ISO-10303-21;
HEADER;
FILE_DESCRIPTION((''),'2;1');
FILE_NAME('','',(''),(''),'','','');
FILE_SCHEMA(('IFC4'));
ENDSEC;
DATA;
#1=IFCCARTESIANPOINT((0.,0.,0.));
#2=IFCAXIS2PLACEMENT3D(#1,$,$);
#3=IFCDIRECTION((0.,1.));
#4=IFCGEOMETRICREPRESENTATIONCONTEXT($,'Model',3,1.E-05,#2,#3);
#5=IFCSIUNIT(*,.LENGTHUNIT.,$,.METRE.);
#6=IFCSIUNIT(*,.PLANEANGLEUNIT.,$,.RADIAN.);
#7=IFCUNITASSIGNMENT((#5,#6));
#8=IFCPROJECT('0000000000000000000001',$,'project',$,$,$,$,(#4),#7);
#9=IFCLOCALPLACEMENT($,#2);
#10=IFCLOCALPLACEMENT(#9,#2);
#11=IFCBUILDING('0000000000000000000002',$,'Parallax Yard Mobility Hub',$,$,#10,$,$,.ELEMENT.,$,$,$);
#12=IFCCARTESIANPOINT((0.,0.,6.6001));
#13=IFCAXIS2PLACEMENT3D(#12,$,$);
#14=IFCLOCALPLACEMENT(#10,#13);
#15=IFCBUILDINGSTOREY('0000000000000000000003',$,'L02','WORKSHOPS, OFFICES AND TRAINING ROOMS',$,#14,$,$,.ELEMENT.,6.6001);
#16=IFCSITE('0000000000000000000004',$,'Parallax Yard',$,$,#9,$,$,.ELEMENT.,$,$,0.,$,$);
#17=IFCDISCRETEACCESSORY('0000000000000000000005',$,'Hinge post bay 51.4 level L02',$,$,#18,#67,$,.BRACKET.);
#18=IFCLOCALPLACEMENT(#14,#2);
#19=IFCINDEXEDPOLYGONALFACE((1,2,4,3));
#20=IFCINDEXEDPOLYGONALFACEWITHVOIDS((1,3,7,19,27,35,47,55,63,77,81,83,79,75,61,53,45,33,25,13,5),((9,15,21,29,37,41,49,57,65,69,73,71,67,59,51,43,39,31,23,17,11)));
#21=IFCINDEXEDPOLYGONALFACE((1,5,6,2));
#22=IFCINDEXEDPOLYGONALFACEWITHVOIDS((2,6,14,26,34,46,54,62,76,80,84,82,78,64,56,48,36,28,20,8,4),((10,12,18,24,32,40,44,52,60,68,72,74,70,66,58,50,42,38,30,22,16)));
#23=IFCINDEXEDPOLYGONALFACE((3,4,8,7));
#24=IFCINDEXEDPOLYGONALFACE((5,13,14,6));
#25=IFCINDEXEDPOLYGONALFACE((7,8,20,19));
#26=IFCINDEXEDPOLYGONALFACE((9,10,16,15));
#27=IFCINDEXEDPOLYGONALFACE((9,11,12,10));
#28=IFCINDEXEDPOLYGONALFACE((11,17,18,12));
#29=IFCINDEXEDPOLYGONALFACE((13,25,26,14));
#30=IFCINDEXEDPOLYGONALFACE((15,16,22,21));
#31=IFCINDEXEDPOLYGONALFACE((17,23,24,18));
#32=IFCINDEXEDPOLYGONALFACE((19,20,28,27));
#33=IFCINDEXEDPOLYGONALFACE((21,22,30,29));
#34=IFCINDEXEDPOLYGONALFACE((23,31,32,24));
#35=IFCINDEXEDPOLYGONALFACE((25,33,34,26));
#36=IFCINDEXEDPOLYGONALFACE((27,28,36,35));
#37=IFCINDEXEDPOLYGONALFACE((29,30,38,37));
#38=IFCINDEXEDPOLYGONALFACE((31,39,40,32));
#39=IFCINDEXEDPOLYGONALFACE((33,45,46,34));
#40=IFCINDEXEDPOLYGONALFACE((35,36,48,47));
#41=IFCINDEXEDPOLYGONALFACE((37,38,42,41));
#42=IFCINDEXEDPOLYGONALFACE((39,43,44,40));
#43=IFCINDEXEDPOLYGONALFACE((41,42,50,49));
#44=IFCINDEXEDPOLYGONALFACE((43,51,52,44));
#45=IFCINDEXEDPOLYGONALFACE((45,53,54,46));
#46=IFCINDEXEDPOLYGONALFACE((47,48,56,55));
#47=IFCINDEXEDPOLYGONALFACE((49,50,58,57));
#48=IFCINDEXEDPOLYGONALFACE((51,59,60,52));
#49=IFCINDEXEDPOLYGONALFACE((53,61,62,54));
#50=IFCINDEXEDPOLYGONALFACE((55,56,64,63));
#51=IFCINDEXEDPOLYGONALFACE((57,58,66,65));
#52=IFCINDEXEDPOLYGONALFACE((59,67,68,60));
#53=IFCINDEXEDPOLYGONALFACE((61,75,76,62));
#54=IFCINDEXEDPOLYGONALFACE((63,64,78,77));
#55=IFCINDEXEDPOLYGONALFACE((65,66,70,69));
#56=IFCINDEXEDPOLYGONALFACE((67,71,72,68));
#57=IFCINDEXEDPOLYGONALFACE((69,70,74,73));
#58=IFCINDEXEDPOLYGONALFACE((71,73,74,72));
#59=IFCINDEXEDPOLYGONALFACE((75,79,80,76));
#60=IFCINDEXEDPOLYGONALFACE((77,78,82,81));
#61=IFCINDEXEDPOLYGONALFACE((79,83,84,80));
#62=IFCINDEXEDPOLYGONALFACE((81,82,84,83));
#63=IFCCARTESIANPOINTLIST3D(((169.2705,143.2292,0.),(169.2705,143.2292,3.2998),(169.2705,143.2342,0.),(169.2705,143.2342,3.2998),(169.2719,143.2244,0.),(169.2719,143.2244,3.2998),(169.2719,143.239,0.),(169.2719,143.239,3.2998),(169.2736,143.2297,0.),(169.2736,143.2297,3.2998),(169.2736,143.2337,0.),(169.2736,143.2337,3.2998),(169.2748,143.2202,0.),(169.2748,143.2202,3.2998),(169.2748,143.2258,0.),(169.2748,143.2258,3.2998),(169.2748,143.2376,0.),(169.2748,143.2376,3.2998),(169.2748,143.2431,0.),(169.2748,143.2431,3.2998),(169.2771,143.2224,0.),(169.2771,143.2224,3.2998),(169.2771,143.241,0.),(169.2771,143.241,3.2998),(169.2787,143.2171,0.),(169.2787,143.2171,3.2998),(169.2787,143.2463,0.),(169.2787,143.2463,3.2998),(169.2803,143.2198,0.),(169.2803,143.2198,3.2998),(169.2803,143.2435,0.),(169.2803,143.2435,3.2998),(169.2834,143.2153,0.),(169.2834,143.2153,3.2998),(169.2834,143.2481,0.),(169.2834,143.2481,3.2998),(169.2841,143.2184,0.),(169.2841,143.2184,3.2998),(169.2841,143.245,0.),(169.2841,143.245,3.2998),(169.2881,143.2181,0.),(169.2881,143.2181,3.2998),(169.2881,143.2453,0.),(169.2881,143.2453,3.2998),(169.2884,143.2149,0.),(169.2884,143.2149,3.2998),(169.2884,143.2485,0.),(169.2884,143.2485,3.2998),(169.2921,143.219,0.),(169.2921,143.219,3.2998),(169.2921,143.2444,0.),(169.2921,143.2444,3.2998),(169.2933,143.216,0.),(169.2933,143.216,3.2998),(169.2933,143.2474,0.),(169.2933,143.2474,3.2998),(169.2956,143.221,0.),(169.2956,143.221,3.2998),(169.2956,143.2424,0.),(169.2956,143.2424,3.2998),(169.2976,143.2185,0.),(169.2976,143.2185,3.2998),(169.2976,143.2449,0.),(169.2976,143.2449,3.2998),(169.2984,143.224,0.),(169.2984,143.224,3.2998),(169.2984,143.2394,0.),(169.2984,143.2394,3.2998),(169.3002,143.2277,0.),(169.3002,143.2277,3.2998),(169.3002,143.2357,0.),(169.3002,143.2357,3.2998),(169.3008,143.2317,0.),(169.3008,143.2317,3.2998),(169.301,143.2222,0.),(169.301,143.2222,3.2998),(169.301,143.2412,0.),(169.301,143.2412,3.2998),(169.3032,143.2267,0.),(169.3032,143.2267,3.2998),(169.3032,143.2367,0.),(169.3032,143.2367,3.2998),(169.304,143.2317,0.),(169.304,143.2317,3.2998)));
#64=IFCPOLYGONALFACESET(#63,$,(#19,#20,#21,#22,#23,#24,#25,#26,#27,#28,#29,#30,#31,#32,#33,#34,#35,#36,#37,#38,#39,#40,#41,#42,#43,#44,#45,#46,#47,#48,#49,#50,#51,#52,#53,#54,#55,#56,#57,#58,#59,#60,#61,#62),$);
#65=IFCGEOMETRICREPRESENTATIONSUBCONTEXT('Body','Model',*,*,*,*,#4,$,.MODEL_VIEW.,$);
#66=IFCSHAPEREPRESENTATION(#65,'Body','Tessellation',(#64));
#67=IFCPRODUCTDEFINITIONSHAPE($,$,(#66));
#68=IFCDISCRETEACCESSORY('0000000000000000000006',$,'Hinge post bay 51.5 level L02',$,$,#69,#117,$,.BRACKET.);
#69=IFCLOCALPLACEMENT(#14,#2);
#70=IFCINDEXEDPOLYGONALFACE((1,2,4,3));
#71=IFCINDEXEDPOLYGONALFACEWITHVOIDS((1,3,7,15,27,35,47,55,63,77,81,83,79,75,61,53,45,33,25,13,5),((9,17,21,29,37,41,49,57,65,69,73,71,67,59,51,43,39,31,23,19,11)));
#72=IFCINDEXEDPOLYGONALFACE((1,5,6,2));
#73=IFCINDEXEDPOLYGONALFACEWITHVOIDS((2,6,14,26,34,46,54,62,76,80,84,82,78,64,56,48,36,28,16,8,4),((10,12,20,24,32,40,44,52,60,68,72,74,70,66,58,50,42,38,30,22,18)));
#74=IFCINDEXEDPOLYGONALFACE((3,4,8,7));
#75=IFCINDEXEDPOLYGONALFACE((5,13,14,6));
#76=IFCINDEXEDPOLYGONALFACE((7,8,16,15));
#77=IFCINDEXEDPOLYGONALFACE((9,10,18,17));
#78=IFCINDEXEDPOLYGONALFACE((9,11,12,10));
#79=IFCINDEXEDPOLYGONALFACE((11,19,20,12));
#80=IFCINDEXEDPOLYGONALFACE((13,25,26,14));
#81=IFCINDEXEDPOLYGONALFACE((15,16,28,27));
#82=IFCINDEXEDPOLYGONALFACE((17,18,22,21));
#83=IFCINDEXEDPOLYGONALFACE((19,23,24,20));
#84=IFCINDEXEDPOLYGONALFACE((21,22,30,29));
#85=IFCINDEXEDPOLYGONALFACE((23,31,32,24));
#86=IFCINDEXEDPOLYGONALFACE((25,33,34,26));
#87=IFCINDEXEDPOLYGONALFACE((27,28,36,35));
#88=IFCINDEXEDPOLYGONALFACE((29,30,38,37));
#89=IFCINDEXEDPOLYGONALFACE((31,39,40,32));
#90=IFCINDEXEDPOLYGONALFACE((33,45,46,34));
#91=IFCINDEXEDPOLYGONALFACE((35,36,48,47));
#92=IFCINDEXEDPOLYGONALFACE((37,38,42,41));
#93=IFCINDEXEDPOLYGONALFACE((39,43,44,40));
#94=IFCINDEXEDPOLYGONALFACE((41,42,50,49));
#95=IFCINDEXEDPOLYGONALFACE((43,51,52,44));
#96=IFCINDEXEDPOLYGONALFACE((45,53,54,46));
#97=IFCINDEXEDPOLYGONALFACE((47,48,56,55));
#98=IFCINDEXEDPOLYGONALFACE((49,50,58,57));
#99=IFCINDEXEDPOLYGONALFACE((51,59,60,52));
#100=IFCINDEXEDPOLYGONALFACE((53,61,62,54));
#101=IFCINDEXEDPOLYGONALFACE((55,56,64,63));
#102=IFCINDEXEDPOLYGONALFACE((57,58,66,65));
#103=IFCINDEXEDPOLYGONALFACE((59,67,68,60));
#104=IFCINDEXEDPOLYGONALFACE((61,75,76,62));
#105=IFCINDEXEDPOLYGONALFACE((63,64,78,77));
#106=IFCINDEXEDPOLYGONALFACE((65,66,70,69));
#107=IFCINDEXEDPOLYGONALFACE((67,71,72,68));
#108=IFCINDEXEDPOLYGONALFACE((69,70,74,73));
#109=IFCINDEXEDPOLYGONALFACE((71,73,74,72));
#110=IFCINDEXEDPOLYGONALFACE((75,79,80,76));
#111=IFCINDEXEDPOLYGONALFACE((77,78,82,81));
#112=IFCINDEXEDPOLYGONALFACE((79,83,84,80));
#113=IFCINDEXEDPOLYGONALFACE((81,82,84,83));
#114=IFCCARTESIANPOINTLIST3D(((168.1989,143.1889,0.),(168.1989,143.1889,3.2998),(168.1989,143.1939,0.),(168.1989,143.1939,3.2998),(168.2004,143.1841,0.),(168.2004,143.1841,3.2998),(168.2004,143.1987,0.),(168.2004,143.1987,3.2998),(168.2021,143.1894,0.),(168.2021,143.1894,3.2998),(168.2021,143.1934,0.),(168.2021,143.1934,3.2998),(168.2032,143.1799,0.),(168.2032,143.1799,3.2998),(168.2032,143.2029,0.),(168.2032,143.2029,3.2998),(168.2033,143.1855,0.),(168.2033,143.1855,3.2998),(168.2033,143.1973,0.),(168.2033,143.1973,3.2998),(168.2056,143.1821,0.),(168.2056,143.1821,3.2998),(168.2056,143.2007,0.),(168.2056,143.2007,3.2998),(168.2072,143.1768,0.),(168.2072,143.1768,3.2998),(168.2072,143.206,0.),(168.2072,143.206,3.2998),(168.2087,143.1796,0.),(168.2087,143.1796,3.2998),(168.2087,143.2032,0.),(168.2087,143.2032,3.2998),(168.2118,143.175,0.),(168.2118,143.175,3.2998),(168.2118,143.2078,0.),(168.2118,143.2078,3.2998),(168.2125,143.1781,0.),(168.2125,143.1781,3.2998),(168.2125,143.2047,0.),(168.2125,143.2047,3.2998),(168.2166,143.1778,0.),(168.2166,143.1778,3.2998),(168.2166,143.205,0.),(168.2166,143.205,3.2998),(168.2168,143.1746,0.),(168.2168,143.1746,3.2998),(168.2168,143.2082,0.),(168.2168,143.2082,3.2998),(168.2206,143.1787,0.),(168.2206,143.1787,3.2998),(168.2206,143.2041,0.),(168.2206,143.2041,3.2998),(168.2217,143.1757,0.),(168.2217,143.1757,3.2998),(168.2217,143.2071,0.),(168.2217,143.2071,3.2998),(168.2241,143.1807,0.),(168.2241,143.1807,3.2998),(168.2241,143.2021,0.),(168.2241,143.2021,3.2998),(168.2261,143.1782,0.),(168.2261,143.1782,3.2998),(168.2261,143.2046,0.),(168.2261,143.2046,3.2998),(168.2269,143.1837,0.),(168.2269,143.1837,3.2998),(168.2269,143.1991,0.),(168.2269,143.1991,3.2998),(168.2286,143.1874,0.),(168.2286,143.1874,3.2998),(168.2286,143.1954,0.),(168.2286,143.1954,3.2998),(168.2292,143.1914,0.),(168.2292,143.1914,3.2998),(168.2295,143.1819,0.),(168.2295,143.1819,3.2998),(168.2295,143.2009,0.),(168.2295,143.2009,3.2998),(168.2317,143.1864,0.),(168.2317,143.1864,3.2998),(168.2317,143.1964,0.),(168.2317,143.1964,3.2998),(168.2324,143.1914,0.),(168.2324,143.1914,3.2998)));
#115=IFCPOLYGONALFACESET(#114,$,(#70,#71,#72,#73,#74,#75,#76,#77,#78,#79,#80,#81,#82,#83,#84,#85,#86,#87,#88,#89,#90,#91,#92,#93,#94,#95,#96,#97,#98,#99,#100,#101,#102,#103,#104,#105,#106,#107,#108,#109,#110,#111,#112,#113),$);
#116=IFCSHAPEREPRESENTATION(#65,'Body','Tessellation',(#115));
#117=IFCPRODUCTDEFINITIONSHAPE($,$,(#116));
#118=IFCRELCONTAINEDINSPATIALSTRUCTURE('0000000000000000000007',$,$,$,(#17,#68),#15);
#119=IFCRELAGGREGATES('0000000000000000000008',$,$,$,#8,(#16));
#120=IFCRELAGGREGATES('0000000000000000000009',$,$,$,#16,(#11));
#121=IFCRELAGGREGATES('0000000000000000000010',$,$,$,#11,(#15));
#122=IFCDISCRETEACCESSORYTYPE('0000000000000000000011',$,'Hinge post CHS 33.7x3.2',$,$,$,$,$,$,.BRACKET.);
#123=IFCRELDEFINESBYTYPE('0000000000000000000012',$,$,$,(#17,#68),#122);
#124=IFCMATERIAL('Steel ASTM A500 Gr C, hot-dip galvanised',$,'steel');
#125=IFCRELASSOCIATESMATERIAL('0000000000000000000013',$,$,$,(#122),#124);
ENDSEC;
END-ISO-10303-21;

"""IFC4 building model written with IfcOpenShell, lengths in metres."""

from ifc_helpers import new_model, si_unit, direction, frame, origin, origin_2d, place, context, subcontext, project, spatial, hollow_circle, extrude, material, material_profile, profile_set, type_object, element, save


model = new_model("IFC4")

# Units and contexts
model_context = context("Model", 3, precision=1e-05, world=origin(), true_north=direction((0.0, 1.0)))
body_context = subcontext(model_context, "Body", "Model", "MODEL_VIEW")
ifc_project = project(units=[si_unit("LENGTHUNIT", "METRE"), si_unit("PLANEANGLEUNIT", "RADIAN")], contexts=[model_context])

# Site, building, storey
site_placement = place(None, origin())
site = spatial("IfcSite", under=ifc_project, at=site_placement, Name="Parallax Yard", CompositionType="ELEMENT", RefElevation=0.0)
building_placement = place(site_placement, origin())
building = spatial("IfcBuilding", under=site, at=building_placement, Name="Parallax Yard Mobility Hub", CompositionType="ELEMENT")
storey_placement = place(building_placement, frame((0.0, 0.0, 6.6001)))
storey = spatial("IfcBuildingStorey", under=building, at=storey_placement, Name="L02", Description="WORKSHOPS, OFFICES AND TRAINING ROOMS", CompositionType="ELEMENT", Elevation=6.6001)

# Discrete accessories
ifc_material_1 = material(Name="Steel ASTM A500 Gr C, hot-dip galvanised", Category="steel")
ifc_material_profile = material_profile(ifc_material_1, hollow_circle(Radius=0.0168, WallThickness=0.0032, at=origin_2d()), Name="CHS 33.7x3.2")
ifc_profile_set = profile_set([ifc_material_profile], Name="Steel ASTM A500 Gr C, hot-dip galvanised")
discrete_accessory_type_1 = type_object("IfcDiscreteAccessoryType", Name="Hinge post CHS 33.7x3.2", PredefinedType="BRACKET", material=ifc_profile_set)
for number, where, z_axis, x_axis, name in (
    (1, (169.2871, 143.2317, 0.0), (0.0, 0.0, 1.0), (1.0, 0.0, 0.0), "Hinge post bay 51.4 level L02"),
    (2, (168.2156, 143.1914, 0.0), (0.0, 0.0, 1.0), (1.0, 0.0, 0.0), "Hinge post bay 51.5 level L02"),
):
    element("IfcDiscreteAccessory", number, at=place(storey_placement, frame(where, z_axis=z_axis, x_axis=x_axis)), inside=storey, type_object=discrete_accessory_type_1, Name=name, PredefinedType="BRACKET", context=body_context, shape_type="SweptSolid", body=[
        extrude(hollow_circle(Radius=0.0168, WallThickness=0.0032, at=origin_2d()), origin(), (0.0, 0.0, 1.0), 3.2998),
    ])

save(model, "model.ifc")
